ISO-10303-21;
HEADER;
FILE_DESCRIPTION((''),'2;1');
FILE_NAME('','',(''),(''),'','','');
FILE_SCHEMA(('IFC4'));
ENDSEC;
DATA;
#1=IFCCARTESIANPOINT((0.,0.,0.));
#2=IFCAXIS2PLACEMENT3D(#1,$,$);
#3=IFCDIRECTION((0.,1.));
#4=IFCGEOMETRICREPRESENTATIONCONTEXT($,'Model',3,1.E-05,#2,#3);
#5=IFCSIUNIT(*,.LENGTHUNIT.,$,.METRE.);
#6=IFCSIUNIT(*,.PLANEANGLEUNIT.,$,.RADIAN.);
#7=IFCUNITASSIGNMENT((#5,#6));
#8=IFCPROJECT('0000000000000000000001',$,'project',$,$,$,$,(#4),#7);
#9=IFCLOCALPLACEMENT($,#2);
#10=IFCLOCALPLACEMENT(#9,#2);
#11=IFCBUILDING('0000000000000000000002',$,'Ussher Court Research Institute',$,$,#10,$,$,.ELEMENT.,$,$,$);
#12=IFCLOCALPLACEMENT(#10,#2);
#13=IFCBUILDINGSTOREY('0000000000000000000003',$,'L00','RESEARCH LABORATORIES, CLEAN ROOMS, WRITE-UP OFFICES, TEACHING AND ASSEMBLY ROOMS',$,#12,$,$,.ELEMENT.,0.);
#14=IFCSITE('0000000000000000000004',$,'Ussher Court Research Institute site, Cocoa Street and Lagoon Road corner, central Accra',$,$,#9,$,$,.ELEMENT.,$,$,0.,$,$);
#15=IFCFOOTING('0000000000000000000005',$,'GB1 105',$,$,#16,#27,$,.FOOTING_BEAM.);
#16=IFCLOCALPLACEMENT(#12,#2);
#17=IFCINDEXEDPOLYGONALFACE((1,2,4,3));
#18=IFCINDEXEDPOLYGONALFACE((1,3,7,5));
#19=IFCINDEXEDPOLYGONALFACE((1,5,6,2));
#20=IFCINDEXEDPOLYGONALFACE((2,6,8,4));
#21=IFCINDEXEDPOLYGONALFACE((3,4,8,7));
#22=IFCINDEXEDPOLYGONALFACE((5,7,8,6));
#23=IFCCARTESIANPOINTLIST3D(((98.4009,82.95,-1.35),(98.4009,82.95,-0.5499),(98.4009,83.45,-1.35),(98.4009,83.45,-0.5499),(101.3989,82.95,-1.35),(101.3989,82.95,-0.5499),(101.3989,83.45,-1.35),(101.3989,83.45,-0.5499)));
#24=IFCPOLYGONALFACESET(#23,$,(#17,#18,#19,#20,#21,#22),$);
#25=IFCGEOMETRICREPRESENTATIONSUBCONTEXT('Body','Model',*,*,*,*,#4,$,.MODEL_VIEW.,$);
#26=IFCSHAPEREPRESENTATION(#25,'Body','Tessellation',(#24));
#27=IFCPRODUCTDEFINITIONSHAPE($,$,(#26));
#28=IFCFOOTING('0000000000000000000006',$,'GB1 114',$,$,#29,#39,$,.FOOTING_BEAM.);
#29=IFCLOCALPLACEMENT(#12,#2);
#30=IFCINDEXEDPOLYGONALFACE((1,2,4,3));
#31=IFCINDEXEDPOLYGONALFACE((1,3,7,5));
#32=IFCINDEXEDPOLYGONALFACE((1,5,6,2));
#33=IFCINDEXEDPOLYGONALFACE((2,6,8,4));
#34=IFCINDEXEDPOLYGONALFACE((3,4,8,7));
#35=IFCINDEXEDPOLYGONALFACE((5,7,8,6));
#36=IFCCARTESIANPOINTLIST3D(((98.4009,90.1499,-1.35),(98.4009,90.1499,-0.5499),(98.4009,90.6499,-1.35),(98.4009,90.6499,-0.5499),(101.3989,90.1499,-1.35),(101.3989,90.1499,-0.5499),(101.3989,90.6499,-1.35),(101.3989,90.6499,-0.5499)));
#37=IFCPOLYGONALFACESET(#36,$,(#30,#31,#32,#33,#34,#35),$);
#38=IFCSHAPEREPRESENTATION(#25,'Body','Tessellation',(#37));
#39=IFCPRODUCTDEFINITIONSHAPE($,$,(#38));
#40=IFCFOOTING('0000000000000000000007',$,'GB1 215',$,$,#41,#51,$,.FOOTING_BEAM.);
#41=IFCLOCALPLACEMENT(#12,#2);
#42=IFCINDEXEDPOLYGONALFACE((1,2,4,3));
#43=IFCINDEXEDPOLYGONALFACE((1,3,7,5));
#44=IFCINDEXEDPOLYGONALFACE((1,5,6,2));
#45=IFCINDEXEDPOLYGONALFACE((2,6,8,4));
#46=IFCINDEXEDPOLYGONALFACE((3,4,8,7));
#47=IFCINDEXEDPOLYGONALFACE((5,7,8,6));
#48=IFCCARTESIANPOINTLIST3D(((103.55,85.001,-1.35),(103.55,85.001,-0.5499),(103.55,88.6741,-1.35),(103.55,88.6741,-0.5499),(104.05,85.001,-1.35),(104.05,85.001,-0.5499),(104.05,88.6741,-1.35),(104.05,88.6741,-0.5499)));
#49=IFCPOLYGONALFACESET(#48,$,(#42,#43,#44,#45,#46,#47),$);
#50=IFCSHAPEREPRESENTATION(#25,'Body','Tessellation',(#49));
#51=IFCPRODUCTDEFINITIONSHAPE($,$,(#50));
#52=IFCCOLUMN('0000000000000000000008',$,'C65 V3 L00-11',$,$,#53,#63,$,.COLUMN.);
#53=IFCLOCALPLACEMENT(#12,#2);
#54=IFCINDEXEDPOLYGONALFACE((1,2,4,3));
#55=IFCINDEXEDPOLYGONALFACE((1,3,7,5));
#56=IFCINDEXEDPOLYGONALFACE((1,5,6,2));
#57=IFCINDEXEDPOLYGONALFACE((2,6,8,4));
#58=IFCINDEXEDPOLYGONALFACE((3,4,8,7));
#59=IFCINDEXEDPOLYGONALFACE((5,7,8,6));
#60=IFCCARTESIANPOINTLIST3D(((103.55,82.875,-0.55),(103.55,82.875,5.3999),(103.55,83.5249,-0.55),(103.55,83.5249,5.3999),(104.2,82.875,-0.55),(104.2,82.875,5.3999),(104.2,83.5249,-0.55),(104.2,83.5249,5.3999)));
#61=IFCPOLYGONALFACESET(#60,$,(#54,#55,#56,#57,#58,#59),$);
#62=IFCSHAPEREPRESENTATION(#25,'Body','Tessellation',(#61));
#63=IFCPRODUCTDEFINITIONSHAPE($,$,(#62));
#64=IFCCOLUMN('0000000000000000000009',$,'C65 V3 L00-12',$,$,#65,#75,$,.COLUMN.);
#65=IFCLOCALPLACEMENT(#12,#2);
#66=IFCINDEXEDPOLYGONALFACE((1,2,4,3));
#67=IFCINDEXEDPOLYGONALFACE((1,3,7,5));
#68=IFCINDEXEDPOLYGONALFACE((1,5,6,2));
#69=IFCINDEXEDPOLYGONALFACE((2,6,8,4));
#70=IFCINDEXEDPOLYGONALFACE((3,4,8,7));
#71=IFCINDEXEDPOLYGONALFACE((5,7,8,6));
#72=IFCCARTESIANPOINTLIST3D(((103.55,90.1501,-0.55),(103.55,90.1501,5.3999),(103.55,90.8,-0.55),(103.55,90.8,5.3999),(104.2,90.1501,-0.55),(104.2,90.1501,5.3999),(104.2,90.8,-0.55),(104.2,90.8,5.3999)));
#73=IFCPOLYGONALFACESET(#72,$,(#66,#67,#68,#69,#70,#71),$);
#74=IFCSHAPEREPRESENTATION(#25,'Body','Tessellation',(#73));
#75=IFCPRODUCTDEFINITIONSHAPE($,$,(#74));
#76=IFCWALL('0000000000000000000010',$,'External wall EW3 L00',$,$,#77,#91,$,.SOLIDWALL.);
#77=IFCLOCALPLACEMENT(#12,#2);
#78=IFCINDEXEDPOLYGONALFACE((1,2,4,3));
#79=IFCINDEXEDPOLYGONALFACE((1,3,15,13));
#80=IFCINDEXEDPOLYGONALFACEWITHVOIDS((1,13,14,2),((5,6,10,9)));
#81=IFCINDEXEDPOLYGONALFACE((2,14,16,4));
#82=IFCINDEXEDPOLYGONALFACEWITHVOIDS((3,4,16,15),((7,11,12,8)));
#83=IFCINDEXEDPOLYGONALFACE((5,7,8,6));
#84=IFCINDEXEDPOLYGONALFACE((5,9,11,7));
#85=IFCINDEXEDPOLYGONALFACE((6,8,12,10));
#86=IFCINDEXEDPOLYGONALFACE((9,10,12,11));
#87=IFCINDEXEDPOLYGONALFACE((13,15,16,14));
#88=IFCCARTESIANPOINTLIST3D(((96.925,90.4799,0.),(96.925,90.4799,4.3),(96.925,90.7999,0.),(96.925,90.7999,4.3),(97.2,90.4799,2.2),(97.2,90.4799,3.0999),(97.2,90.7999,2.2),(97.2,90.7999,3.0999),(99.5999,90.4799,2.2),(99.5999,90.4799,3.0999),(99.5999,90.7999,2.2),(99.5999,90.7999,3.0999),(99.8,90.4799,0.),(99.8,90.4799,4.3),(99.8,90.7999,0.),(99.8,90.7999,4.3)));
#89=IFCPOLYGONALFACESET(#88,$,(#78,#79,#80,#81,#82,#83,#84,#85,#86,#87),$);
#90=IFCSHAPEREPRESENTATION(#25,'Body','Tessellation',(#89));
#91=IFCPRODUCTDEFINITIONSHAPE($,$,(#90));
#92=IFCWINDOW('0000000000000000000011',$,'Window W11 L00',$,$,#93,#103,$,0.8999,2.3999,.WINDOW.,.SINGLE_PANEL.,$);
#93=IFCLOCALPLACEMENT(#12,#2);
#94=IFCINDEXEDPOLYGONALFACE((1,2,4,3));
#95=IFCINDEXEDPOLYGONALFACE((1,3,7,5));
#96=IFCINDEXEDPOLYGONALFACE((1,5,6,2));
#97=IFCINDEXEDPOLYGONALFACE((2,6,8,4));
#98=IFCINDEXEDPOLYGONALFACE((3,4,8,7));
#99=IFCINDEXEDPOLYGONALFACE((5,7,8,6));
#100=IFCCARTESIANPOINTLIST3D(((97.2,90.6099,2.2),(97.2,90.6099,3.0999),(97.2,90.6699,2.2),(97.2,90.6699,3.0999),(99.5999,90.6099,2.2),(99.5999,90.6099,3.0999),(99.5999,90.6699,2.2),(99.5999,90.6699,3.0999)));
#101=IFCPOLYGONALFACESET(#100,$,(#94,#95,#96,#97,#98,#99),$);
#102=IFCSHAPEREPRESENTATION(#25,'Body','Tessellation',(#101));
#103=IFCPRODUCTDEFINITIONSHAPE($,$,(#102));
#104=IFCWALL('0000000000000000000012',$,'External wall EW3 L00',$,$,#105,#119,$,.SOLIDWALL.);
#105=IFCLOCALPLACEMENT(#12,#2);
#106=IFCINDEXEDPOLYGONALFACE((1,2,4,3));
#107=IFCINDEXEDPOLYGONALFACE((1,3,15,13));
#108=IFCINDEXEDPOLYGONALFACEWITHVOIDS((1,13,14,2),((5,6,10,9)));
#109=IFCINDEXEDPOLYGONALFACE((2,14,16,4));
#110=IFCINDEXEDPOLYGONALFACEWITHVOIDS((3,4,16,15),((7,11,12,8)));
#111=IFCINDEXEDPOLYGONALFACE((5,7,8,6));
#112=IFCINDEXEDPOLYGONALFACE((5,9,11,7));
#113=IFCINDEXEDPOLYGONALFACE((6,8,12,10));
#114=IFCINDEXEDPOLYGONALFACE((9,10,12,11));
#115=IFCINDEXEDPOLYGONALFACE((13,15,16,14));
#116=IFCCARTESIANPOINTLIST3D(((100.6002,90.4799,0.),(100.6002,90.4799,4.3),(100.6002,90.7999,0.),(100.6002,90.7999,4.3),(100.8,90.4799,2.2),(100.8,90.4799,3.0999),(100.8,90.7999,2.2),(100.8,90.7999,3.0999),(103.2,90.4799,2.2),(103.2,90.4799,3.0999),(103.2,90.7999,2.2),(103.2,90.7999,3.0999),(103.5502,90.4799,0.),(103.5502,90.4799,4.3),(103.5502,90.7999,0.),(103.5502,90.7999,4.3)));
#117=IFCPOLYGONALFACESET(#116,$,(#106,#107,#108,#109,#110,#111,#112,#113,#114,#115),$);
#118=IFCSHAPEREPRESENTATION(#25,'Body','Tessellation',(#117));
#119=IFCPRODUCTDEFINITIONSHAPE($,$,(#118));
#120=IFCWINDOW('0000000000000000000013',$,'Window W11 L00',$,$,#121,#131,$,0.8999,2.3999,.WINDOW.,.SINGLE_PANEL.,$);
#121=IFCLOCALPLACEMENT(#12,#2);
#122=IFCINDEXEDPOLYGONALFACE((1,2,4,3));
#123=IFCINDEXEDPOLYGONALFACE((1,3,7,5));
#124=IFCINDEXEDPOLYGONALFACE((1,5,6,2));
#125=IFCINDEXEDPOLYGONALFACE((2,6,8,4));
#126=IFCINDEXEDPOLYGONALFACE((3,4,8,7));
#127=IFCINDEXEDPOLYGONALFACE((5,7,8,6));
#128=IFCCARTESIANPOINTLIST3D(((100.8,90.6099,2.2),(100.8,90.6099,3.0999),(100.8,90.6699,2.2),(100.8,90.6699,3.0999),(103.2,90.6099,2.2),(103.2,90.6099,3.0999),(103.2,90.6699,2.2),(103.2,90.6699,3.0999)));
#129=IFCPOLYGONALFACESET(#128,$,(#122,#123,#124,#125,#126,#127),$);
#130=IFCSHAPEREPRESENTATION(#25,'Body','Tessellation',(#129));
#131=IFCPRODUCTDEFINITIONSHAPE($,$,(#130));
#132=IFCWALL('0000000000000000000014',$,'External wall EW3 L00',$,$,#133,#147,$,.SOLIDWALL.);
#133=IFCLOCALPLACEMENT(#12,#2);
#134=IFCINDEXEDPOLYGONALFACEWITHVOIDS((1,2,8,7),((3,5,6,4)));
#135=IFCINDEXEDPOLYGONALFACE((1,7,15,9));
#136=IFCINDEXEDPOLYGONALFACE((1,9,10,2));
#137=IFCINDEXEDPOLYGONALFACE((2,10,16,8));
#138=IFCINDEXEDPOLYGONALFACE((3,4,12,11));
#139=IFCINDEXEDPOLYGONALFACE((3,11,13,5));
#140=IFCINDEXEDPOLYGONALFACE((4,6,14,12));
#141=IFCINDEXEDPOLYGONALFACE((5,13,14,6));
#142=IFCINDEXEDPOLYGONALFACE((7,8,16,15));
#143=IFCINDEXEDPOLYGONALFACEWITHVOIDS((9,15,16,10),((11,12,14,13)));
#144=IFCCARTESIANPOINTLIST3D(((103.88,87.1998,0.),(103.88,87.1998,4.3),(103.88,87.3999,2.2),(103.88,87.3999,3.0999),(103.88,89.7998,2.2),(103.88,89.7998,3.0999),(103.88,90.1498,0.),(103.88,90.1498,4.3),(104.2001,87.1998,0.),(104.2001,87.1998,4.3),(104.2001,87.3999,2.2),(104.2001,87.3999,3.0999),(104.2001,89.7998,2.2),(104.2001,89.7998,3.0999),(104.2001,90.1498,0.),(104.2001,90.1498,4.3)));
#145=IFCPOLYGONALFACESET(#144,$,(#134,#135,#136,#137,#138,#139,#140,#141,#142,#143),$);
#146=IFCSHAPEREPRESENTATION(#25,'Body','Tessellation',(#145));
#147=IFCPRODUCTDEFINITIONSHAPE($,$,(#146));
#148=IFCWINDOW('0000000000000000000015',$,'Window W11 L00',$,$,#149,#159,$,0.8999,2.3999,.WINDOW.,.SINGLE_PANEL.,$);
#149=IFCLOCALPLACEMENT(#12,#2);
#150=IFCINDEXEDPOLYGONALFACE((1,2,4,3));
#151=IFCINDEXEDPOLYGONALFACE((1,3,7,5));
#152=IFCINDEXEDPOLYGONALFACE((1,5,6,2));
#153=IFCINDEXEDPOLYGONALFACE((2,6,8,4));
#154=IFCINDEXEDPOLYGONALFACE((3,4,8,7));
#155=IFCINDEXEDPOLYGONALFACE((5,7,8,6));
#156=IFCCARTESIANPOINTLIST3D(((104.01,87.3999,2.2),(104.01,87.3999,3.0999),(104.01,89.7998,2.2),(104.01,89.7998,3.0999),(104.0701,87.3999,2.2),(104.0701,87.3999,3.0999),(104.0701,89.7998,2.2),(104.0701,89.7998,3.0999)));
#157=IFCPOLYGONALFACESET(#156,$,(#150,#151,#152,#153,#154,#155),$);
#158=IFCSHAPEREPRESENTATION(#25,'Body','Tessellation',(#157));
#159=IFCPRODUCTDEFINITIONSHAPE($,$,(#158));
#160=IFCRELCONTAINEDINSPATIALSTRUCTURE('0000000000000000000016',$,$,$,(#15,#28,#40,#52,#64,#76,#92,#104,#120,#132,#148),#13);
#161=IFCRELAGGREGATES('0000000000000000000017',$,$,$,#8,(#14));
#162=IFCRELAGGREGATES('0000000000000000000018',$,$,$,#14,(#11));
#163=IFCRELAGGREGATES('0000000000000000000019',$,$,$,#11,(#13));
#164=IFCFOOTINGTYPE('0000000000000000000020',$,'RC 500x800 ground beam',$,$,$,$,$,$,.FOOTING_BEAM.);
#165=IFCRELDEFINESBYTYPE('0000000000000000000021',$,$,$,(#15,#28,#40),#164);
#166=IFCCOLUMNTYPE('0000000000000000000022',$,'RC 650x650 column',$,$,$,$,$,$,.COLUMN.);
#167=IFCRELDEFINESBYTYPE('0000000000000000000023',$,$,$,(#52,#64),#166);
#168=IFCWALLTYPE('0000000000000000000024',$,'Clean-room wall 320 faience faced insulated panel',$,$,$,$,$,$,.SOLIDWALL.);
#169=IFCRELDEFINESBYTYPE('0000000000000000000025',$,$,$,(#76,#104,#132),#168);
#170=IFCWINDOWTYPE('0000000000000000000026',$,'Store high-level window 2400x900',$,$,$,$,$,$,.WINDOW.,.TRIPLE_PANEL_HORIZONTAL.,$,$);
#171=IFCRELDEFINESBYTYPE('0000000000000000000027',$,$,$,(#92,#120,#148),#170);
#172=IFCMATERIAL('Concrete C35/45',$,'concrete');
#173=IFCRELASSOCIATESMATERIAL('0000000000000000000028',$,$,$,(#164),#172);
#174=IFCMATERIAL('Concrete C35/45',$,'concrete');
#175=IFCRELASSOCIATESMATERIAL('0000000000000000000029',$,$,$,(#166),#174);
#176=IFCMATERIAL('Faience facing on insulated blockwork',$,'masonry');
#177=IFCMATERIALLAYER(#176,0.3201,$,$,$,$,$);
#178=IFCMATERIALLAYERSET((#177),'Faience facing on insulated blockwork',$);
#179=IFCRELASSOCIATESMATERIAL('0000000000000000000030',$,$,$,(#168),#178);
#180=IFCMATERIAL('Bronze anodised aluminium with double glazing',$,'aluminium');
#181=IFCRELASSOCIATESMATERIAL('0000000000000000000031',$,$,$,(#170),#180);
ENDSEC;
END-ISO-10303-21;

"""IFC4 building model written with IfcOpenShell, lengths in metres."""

from ifc_helpers import new_model, si_unit, direction, frame, frame_2d, origin, origin_2d, place, context, subcontext, project, spatial, rectangle, extrude, material, layer, layer_set, material_profile, profile_set, type_object, element, fill, save


model = new_model("IFC4")

# Units and contexts
model_context = context("Model", 3, precision=1e-05, world=origin(), true_north=direction((0.0, 1.0)))
body_context = subcontext(model_context, "Body", "Model", "MODEL_VIEW")
ifc_project = project(units=[si_unit("LENGTHUNIT", "METRE"), si_unit("PLANEANGLEUNIT", "RADIAN")], contexts=[model_context])

# Site, building, storey
site_placement = place(None, origin())
site = spatial("IfcSite", under=ifc_project, at=site_placement, Name="Ussher Court Research Institute site, Cocoa Street and Lagoon Road corner, central Accra", CompositionType="ELEMENT", RefElevation=0.0)
building_placement = place(site_placement, origin())
building = spatial("IfcBuilding", under=site, at=building_placement, Name="Ussher Court Research Institute", CompositionType="ELEMENT")
storey_placement = place(building_placement, origin())
storey = spatial("IfcBuildingStorey", under=building, at=storey_placement, Name="L00", Description="RESEARCH LABORATORIES, CLEAN ROOMS, WRITE-UP OFFICES, TEACHING AND ASSEMBLY ROOMS", CompositionType="ELEMENT", Elevation=0.0)

# Footings
ifc_material_1 = material(Name="Concrete C35/45", Category="concrete")
ifc_material_profile_1 = material_profile(ifc_material_1, rectangle(XDim=0.5, YDim=0.8, at=origin_2d()), Name="RC 500x800")
ifc_profile_set_1 = profile_set([ifc_material_profile_1], Name="Concrete C35/45")
footing_type = type_object("IfcFootingType", Name="RC 500x800 ground beam", PredefinedType="FOOTING_BEAM", material=ifc_profile_set_1)
for number, where, z_axis, x_axis, name in (
    (1, (98.4009, 83.2, -0.95), (1.0, 0.0, 0.0), (0.0, 1.0, 0.0), "GB1 105"),
    (2, (98.4009, 90.3999, -0.95), (1.0, 0.0, 0.0), (0.0, 1.0, 0.0), "GB1 114"),
):
    element("IfcFooting", number, at=place(storey_placement, frame(where, z_axis=z_axis, x_axis=x_axis)), inside=storey, type_object=footing_type, Name=name, PredefinedType="FOOTING_BEAM", context=body_context, shape_type="SweptSolid", body=[
        extrude(rectangle(XDim=0.5, YDim=0.8, at=origin_2d()), origin(), (0.0, 0.0, 1.0), 2.998),
    ])
footing_placement = place(storey_placement, frame((103.8, 85.001, -0.95), z_axis=(0.0, 1.0, 0.0), x_axis=(-1.0, 0.0, 0.0)))
element("IfcFooting", 3, at=footing_placement, inside=storey, type_object=footing_type, Name="GB1 215", PredefinedType="FOOTING_BEAM", context=body_context, shape_type="SweptSolid", body=[
    extrude(rectangle(XDim=0.5, YDim=0.8, at=origin_2d()), origin(), (0.0, 0.0, 1.0), 3.6731),
])

# Columns
ifc_material_2 = material(Name="Concrete C35/45", Category="concrete")
ifc_material_profile_2 = material_profile(ifc_material_2, rectangle(XDim=0.6499, YDim=0.6499, at=origin_2d()), Name="RC 650x650")
ifc_profile_set_2 = profile_set([ifc_material_profile_2], Name="Concrete C35/45")
column_type = type_object("IfcColumnType", Name="RC 650x650 column", PredefinedType="COLUMN", material=ifc_profile_set_2)
for number, where, z_axis, x_axis, name in (
    (4, (103.875, 83.2, -0.55), (0.0, 0.0, 1.0), (1.0, 0.0, 0.0), "C65 V3 L00-11"),
    (5, (103.875, 90.4751, -0.55), (0.0, 0.0, 1.0), (1.0, 0.0, 0.0), "C65 V3 L00-12"),
):
    element("IfcColumn", number, at=place(storey_placement, frame(where, z_axis=z_axis, x_axis=x_axis)), inside=storey, type_object=column_type, Name=name, PredefinedType="COLUMN", context=body_context, shape_type="SweptSolid", body=[
        extrude(rectangle(XDim=0.6499, YDim=0.6499, at=origin_2d()), origin(), (0.0, 0.0, 1.0), 5.95),
    ])

# Walls, openings, windows
ifc_material_3 = material(Name="Faience facing on insulated blockwork", Category="masonry")
ifc_layer_1 = layer(ifc_material_3, 0.3201)
ifc_layer_set_1 = layer_set([ifc_layer_1], Name="Faience facing on insulated blockwork")
wall_type_1 = type_object("IfcWallType", Name="Clean-room wall 320 faience faced insulated panel", PredefinedType="SOLIDWALL", material=ifc_layer_set_1)
wall_1_placement = place(storey_placement, frame((96.925, 90.6399, 0.0), z_axis=(0.0, 0.0, 1.0), x_axis=(1.0, 0.0, 0.0)))
wall_1 = element("IfcWall", 6, at=wall_1_placement, inside=storey, type_object=wall_type_1, Name="External wall EW3 L00", PredefinedType="SOLIDWALL", context=body_context, shape_type="SweptSolid", body=[
    extrude(rectangle(XDim=2.875, YDim=0.3201, at=frame_2d((1.4375, 0.0))), origin(), (0.0, 0.0, 1.0), 4.3),
])
opening_1_placement = place(wall_1_placement, frame((0.2749, 0.0, 2.2)))
opening_1 = element("IfcOpeningElement", 7, at=opening_1_placement, cuts=wall_1, PredefinedType="OPENING", context=body_context, shape_type="SweptSolid", body=[
    extrude(rectangle(XDim=2.3999, YDim=0.8999, at=frame_2d((1.2, 0.45))), frame((0.0, 0.1699, 0.0), z_axis=(0.0, -1.0, 0.0), x_axis=(1.0, 0.0, 0.0)), (0.0, 0.0, 1.0), 0.3401),
])
ifc_material_4 = material(Name="Bronze anodised aluminium with double glazing", Category="aluminium")
window_type = type_object("IfcWindowType", Name="Store high-level window 2400x900", PartitioningType="TRIPLE_PANEL_HORIZONTAL", PredefinedType="WINDOW", material=ifc_material_4)
window_1_placement = place(opening_1_placement, origin())
window_1 = element("IfcWindow", 8, at=window_1_placement, inside=storey, type_object=window_type, Name="Window W11 L00", OverallHeight=0.8999, OverallWidth=2.3999, PartitioningType="SINGLE_PANEL", PredefinedType="WINDOW", context=body_context, shape_type="SweptSolid", body=[
    extrude(rectangle(XDim=2.3999, YDim=0.8999, at=frame_2d((1.2, 0.45))), frame((0.0, 0.03, 0.0), z_axis=(0.0, -1.0, 0.0), x_axis=(1.0, 0.0, 0.0)), (0.0, 0.0, 1.0), 0.0601),
])
fill(opening_1, window_1)
wall_2_placement = place(storey_placement, frame((100.6001, 90.6399, 0.0), z_axis=(0.0, 0.0, 1.0), x_axis=(1.0, 0.0, 0.0)))
wall_2 = element("IfcWall", 9, at=wall_2_placement, inside=storey, type_object=wall_type_1, Name="External wall EW3 L00", PredefinedType="SOLIDWALL", context=body_context, shape_type="SweptSolid", body=[
    extrude(rectangle(XDim=2.95, YDim=0.3201, at=frame_2d((1.4751, 0.0))), origin(), (0.0, 0.0, 1.0), 4.3),
])
opening_2_placement = place(wall_2_placement, frame((0.2, 0.0, 2.2)))
opening_2 = element("IfcOpeningElement", 10, at=opening_2_placement, cuts=wall_2, PredefinedType="OPENING", context=body_context, shape_type="SweptSolid", body=[
    extrude(rectangle(XDim=2.3999, YDim=0.8999, at=frame_2d((1.2, 0.45))), frame((0.0, 0.1699, 0.0), z_axis=(0.0, -1.0, 0.0), x_axis=(1.0, 0.0, 0.0)), (0.0, 0.0, 1.0), 0.3401),
])
window_2_placement = place(opening_2_placement, origin())
window_2 = element("IfcWindow", 11, at=window_2_placement, inside=storey, type_object=window_type, Name="Window W11 L00", OverallHeight=0.8999, OverallWidth=2.3999, PartitioningType="SINGLE_PANEL", PredefinedType="WINDOW", context=body_context, shape_type="SweptSolid", body=[
    extrude(rectangle(XDim=2.3999, YDim=0.8999, at=frame_2d((1.2, 0.45))), frame((0.0, 0.03, 0.0), z_axis=(0.0, -1.0, 0.0), x_axis=(1.0, 0.0, 0.0)), (0.0, 0.0, 1.0), 0.0601),
])
fill(opening_2, window_2)
wall_3_placement = place(storey_placement, frame((104.04, 90.1499, 0.0), z_axis=(0.0, 0.0, 1.0), x_axis=(0.0, -1.0, 0.0)))
wall_3 = element("IfcWall", 12, at=wall_3_placement, inside=storey, type_object=wall_type_1, Name="External wall EW3 L00", PredefinedType="SOLIDWALL", context=body_context, shape_type="SweptSolid", body=[
    extrude(rectangle(XDim=2.95, YDim=0.3201, at=frame_2d((1.4751, 0.0))), origin(), (0.0, 0.0, 1.0), 4.3),
])
opening_3_placement = place(wall_3_placement, frame((0.3501, 0.0, 2.2)))
opening_3 = element("IfcOpeningElement", 13, at=opening_3_placement, cuts=wall_3, PredefinedType="OPENING", context=body_context, shape_type="SweptSolid", body=[
    extrude(rectangle(XDim=2.3999, YDim=0.8999, at=frame_2d((1.2, 0.45))), frame((0.0, 0.1699, 0.0), z_axis=(0.0, -1.0, 0.0), x_axis=(1.0, 0.0, 0.0)), (0.0, 0.0, 1.0), 0.3401),
])
window_3_placement = place(opening_3_placement, origin())
window_3 = element("IfcWindow", 14, at=window_3_placement, inside=storey, type_object=window_type, Name="Window W11 L00", OverallHeight=0.8999, OverallWidth=2.3999, PartitioningType="SINGLE_PANEL", PredefinedType="WINDOW", context=body_context, shape_type="SweptSolid", body=[
    extrude(rectangle(XDim=2.3999, YDim=0.8999, at=frame_2d((1.2, 0.45))), frame((0.0, 0.03, 0.0), z_axis=(0.0, -1.0, 0.0), x_axis=(1.0, 0.0, 0.0)), (0.0, 0.0, 1.0), 0.0601),
])
fill(opening_3, window_3)

save(model, "model.ifc")
